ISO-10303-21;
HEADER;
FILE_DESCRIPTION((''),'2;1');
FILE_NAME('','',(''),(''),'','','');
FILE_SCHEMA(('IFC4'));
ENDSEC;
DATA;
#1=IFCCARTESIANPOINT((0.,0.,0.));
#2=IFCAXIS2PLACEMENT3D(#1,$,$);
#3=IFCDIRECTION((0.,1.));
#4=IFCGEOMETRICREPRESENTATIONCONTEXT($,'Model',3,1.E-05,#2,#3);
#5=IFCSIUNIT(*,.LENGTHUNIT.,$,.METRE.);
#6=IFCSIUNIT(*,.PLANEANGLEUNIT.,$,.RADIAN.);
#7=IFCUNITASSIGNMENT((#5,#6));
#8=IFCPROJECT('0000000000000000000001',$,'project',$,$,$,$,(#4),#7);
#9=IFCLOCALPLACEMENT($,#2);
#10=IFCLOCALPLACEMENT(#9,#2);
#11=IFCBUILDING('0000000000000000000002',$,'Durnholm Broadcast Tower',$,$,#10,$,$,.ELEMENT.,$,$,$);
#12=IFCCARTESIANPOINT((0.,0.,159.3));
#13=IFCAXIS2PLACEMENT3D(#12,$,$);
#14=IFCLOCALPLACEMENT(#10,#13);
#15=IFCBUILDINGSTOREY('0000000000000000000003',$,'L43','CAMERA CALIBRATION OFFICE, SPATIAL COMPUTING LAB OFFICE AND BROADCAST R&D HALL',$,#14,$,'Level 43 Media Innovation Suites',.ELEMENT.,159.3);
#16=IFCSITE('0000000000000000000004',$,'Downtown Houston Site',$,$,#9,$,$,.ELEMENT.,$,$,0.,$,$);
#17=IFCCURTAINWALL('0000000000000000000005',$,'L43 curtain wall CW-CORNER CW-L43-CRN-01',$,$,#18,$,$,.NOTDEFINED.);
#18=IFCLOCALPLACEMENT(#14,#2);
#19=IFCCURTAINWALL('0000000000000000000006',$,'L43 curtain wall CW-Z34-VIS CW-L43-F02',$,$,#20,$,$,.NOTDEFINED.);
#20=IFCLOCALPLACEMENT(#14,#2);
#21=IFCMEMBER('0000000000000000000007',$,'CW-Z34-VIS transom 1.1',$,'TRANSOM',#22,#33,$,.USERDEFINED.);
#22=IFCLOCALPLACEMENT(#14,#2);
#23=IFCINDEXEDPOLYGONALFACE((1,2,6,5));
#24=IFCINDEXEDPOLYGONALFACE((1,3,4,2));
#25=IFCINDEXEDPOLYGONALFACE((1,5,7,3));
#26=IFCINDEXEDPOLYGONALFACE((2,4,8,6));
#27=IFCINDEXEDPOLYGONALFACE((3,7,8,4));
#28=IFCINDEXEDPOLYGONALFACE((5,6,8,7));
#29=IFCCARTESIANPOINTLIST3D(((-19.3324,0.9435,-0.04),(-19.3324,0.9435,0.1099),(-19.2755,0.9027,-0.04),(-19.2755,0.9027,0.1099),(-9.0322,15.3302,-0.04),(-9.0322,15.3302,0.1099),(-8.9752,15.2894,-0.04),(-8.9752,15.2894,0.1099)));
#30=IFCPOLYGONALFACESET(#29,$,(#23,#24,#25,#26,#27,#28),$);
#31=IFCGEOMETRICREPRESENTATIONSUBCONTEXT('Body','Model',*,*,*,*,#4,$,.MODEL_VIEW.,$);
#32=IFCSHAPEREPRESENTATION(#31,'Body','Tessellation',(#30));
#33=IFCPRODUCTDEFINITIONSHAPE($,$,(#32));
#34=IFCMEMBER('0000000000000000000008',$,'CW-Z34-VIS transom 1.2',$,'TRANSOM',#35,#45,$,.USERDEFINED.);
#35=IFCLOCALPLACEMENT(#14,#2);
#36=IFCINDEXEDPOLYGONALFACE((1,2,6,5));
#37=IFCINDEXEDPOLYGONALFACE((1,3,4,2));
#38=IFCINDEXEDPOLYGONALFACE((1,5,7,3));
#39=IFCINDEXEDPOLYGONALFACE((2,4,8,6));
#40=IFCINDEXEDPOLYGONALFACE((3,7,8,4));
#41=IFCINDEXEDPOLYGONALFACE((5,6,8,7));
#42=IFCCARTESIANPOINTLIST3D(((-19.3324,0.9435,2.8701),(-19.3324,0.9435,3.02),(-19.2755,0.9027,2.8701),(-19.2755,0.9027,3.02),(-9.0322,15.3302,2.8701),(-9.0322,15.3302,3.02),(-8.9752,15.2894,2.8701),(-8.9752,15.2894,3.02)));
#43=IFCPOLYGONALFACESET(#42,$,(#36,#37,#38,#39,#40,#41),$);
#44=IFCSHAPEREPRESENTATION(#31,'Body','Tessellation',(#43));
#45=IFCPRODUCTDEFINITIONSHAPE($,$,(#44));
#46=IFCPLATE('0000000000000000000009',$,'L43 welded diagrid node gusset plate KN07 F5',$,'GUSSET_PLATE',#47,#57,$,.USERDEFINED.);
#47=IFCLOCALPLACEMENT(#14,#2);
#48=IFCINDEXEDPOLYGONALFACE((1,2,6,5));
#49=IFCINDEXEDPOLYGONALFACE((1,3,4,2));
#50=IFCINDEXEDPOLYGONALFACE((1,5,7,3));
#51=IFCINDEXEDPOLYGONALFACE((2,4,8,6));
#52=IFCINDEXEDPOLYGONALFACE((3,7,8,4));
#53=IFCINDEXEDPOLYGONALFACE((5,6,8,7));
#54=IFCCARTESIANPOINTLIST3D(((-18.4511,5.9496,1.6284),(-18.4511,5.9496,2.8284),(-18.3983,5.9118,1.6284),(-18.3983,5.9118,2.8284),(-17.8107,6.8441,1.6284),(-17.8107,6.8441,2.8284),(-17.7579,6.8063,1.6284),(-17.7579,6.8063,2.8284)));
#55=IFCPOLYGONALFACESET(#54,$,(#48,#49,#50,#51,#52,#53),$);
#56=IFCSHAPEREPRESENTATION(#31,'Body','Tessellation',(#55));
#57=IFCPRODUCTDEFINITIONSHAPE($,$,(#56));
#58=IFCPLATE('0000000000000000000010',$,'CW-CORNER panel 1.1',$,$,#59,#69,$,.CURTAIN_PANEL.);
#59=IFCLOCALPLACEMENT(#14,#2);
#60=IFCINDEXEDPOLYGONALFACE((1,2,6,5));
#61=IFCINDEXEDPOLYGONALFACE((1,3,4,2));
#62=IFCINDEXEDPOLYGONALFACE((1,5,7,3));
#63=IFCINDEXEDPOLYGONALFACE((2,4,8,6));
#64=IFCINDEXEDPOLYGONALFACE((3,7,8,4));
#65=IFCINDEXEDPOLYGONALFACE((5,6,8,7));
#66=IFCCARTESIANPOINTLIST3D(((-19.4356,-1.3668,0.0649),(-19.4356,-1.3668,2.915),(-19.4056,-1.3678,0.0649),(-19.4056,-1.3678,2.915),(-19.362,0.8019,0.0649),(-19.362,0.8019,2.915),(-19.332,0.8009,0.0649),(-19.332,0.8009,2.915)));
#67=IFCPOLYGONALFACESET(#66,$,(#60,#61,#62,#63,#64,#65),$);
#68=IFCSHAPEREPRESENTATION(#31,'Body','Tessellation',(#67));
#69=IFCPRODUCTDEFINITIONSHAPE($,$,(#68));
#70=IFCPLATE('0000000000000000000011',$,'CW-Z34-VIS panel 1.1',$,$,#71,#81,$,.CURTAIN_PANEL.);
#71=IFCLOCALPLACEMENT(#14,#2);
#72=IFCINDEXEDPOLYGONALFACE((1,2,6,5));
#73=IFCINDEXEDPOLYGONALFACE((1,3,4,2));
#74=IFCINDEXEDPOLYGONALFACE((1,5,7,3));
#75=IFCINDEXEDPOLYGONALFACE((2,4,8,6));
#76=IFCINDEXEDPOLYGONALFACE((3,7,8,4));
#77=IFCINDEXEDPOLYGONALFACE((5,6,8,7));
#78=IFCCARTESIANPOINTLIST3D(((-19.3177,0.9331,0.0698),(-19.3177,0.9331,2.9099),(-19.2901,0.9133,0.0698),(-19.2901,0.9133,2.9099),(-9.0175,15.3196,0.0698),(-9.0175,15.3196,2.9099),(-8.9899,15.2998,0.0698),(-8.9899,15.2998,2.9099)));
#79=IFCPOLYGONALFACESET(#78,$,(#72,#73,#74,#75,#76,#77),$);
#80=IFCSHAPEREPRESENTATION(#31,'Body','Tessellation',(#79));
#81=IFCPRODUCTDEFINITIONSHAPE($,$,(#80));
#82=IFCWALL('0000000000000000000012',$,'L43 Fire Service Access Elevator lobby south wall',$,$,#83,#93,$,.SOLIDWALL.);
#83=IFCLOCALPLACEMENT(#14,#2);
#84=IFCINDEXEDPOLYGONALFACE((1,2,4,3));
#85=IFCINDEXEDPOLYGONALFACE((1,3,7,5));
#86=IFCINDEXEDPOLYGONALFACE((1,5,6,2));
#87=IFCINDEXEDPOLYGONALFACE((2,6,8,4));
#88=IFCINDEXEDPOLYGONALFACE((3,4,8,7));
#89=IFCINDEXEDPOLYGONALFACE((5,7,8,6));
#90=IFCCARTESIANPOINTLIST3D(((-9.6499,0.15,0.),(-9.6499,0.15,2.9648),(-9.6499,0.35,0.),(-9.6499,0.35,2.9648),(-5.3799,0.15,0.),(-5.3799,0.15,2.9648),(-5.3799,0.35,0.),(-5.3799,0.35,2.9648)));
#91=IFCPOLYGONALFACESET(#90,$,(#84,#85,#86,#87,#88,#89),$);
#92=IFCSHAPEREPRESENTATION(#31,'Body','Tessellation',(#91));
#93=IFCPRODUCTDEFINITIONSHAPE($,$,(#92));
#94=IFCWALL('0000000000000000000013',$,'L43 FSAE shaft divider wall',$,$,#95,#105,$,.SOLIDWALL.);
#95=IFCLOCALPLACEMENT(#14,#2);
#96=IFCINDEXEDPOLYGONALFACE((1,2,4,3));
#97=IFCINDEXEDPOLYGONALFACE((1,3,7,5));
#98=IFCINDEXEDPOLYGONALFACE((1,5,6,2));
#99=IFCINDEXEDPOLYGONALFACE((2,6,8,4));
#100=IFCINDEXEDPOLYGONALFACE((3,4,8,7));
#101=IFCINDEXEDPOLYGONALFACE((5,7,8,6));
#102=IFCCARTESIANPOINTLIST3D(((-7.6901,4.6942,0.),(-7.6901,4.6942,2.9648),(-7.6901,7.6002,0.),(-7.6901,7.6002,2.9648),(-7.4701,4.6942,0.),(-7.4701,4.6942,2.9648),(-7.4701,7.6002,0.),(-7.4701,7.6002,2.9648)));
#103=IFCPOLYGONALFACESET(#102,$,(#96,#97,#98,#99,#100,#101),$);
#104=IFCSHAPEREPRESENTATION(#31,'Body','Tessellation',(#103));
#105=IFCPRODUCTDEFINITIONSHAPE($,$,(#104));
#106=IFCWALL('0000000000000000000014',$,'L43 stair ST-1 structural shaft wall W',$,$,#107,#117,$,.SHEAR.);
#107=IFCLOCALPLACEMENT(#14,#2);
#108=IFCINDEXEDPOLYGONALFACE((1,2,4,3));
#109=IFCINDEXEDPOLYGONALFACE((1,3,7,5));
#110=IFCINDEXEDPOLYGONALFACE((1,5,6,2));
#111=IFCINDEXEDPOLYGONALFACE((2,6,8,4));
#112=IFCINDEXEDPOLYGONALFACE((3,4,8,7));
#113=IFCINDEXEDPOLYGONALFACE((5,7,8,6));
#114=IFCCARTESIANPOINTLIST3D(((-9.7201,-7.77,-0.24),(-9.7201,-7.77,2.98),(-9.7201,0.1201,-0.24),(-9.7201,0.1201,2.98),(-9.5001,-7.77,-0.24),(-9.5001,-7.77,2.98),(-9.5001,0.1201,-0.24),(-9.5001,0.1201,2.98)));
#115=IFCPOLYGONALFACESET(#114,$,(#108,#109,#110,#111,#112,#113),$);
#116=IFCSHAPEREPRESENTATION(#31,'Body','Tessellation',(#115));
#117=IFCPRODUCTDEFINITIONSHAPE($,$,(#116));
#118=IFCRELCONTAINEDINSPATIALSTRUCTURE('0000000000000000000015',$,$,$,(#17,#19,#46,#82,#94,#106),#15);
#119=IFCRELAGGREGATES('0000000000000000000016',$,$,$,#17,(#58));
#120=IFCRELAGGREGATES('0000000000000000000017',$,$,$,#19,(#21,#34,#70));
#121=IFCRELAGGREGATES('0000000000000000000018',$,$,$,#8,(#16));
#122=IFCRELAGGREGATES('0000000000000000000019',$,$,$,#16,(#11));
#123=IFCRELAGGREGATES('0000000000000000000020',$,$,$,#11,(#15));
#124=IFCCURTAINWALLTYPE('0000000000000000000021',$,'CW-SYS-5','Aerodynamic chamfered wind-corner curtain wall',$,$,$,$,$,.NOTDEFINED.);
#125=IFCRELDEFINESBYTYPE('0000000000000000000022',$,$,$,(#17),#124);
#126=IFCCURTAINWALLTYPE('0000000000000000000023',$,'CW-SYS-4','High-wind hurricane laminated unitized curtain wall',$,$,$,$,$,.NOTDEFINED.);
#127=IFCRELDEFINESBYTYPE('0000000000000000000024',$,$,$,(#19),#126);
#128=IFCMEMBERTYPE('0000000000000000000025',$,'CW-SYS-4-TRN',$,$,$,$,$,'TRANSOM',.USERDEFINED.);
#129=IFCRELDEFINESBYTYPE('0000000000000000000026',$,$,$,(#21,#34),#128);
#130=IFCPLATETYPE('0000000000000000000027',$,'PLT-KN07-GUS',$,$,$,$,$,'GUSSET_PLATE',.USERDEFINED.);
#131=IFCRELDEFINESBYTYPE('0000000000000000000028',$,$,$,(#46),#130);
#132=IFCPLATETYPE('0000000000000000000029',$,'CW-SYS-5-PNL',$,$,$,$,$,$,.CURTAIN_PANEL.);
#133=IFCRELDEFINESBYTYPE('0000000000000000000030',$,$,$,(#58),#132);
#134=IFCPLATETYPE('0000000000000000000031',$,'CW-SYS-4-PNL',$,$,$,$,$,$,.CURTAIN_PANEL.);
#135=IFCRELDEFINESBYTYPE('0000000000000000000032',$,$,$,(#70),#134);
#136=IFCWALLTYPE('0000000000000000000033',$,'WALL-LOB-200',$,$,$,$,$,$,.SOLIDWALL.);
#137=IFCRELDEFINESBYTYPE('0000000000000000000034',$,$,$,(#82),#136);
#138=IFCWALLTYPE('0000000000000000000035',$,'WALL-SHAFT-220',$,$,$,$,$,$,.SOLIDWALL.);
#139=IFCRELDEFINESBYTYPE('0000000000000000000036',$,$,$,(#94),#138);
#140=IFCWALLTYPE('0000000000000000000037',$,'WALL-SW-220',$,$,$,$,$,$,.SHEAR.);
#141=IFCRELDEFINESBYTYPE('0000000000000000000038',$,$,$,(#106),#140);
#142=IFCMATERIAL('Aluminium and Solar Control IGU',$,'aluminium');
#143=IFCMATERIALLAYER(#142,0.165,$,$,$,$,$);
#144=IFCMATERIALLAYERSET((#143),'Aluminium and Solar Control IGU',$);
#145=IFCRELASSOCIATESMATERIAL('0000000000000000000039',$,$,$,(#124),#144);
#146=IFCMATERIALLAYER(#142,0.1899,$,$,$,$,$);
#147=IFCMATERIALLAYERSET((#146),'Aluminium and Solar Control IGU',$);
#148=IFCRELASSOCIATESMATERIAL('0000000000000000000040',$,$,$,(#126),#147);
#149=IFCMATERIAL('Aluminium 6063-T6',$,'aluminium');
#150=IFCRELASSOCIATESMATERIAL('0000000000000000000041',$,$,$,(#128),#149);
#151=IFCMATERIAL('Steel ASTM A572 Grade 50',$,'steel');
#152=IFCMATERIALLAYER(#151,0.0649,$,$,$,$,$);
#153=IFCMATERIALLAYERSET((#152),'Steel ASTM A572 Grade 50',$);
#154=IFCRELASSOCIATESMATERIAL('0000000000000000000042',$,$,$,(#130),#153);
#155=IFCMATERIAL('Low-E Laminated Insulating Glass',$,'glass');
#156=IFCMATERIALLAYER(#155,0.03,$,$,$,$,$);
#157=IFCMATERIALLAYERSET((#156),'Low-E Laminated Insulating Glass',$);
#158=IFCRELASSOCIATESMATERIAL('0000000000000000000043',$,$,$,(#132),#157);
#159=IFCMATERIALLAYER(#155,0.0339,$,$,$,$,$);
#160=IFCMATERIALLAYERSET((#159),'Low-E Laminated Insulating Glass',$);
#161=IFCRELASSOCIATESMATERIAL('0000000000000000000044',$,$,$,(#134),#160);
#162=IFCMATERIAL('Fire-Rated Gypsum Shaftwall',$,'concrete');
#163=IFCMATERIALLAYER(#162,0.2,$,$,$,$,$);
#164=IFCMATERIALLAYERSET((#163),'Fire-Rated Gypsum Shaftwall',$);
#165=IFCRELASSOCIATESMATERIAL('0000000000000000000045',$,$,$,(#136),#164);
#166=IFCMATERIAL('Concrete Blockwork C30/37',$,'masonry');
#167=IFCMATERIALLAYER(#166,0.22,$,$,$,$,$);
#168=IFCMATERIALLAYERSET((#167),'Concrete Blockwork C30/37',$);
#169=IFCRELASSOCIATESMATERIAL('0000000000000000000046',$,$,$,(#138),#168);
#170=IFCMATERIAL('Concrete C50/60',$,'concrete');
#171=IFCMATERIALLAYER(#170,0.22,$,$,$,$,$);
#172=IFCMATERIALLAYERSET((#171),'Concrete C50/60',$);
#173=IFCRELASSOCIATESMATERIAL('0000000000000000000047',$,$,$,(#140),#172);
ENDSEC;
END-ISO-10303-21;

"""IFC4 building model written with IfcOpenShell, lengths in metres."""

from ifc_helpers import new_model, si_unit, direction, frame, frame_2d, origin, origin_2d, place, context, subcontext, project, spatial, rectangle, extrude, source, transform, mapped, material, layer, layer_set, material_profile, profile_set, type_object, type_shapes, element, aggregate, save


model = new_model("IFC4")

# Units and contexts
model_context = context("Model", 3, precision=1e-05, world=origin(), true_north=direction((0.0, 1.0)))
body_context = subcontext(model_context, "Body", "Model", "MODEL_VIEW")
ifc_project = project(units=[si_unit("LENGTHUNIT", "METRE"), si_unit("PLANEANGLEUNIT", "RADIAN")], contexts=[model_context])

# Site, building, storey
site_placement = place(None, origin())
site = spatial("IfcSite", under=ifc_project, at=site_placement, Name="Downtown Houston Site", CompositionType="ELEMENT", RefElevation=0.0)
building_placement = place(site_placement, origin())
building = spatial("IfcBuilding", under=site, at=building_placement, Name="Durnholm Broadcast Tower", CompositionType="ELEMENT")
storey_placement = place(building_placement, frame((0.0, 0.0, 159.3)))
storey = spatial("IfcBuildingStorey", under=building, at=storey_placement, Name="L43", Description="CAMERA CALIBRATION OFFICE, SPATIAL COMPUTING LAB OFFICE AND BROADCAST R&D HALL", LongName="Level 43 Media Innovation Suites", CompositionType="ELEMENT", Elevation=159.3)

# Curtain wall
ifc_material_1 = material(Name="Aluminium and Solar Control IGU", Category="aluminium")
ifc_layer_1 = layer(ifc_material_1, 0.165)
ifc_layer_set_1 = layer_set([ifc_layer_1], Name="Aluminium and Solar Control IGU")
curtain_wall_type_1 = type_object("IfcCurtainWallType", Name="CW-SYS-5", Description="Aerodynamic chamfered wind-corner curtain wall", PredefinedType="NOTDEFINED", material=ifc_layer_set_1)
curtain_wall_1_placement = place(storey_placement, origin())
curtain_wall_1 = element("IfcCurtainWall", 1, at=curtain_wall_1_placement, inside=storey, type_object=curtain_wall_type_1, Name="L43 curtain wall CW-CORNER CW-L43-CRN-01", PredefinedType="NOTDEFINED")
ifc_material_2 = material(Name="Aluminium 6063-T6", Category="aluminium")

# Curtain wall, members
ifc_layer_2 = layer(ifc_material_1, 0.1899)
ifc_layer_set_2 = layer_set([ifc_layer_2], Name="Aluminium and Solar Control IGU")
curtain_wall_type_2 = type_object("IfcCurtainWallType", Name="CW-SYS-4", Description="High-wind hurricane laminated unitized curtain wall", PredefinedType="NOTDEFINED", material=ifc_layer_set_2)
curtain_wall_2_placement = place(storey_placement, origin())
curtain_wall_2 = element("IfcCurtainWall", 2, at=curtain_wall_2_placement, inside=storey, type_object=curtain_wall_type_2, Name="L43 curtain wall CW-Z34-VIS CW-L43-F02", PredefinedType="NOTDEFINED")
ifc_material_profile_1 = material_profile(ifc_material_2, rectangle(XDim=0.0701, YDim=0.1499, at=origin_2d()), Name="CWT70X150")
ifc_profile_set_1 = profile_set([ifc_material_profile_1], Name="Aluminium 6063-T6")
member_type_1 = type_object("IfcMemberType", Name="CW-SYS-4-TRN", ElementType="TRANSOM", PredefinedType="USERDEFINED", material=ifc_profile_set_1)
shared_shape_1 = source(origin(), body_context, "Body", "SweptSolid", [
    extrude(rectangle(XDim=0.0701, YDim=0.1499, at=origin_2d()), origin(), (0.0, 0.0, 1.0), 17.6938),
])
type_shapes(member_type_1, [shared_shape_1])
member_1_placement = place(storey_placement, frame((-19.304, 0.9231, 0.0349), z_axis=(0.582138, 0.81309, 0.0), x_axis=(-0.81309, 0.582138, 0.0)))
member_1 = element("IfcMember", 3, at=member_1_placement, type_object=member_type_1, Name="CW-Z34-VIS transom 1.1", ObjectType="TRANSOM", PredefinedType="USERDEFINED", context=body_context, shape_type="MappedRepresentation", body=[
    mapped(shared_shape_1, transform((0.0, 0.0, 0.0), x_axis=(1.0, 0.0, 0.0), y_axis=(0.0, 1.0, 0.0), z_axis=(0.0, 0.0, 1.0), scale=1.0)),
])
member_2_placement = place(storey_placement, frame((-19.304, 0.9231, 2.9451), z_axis=(0.582138, 0.81309, 0.0), x_axis=(-0.81309, 0.582138, 0.0)))
member_2 = element("IfcMember", 4, at=member_2_placement, type_object=member_type_1, Name="CW-Z34-VIS transom 1.2", ObjectType="TRANSOM", PredefinedType="USERDEFINED", context=body_context, shape_type="MappedRepresentation", body=[
    mapped(shared_shape_1, transform((0.0, 0.0, 0.0), x_axis=(1.0, 0.0, 0.0), y_axis=(0.0, 1.0, 0.0), z_axis=(0.0, 0.0, 1.0), scale=1.0)),
])

# Plates
ifc_material_3 = material(Name="Steel ASTM A572 Grade 50", Category="steel")
ifc_layer_3 = layer(ifc_material_3, 0.0649)
ifc_layer_set_3 = layer_set([ifc_layer_3], Name="Steel ASTM A572 Grade 50")
plate_type_1 = type_object("IfcPlateType", Name="PLT-KN07-GUS", ElementType="GUSSET_PLATE", PredefinedType="USERDEFINED", material=ifc_layer_set_3)
shared_shape_2 = source(origin(), body_context, "Body", "SweptSolid", [
    extrude(rectangle(XDim=1.1001, YDim=0.0649, at=origin_2d()), origin(), (0.0, 0.0, 1.0), 1.2),
])
type_shapes(plate_type_1, [shared_shape_2])
plate_1_placement = place(storey_placement, frame((-18.1045, 6.3779, 1.6284), z_axis=(0.0, 0.0, 1.0), x_axis=(-0.582123, -0.813101, 0.0)))
element("IfcPlate", 5, at=plate_1_placement, inside=storey, type_object=plate_type_1, Name="L43 welded diagrid node gusset plate KN07 F5", ObjectType="GUSSET_PLATE", PredefinedType="USERDEFINED", context=body_context, shape_type="MappedRepresentation", body=[
    mapped(shared_shape_2, transform((0.0, 0.0, 0.0), x_axis=(1.0, 0.0, 0.0), y_axis=(0.0, 1.0, 0.0), z_axis=(0.0, 0.0, 1.0), scale=1.0)),
])
ifc_material_4 = material(Name="Low-E Laminated Insulating Glass", Category="glass")
ifc_layer_4 = layer(ifc_material_4, 0.03)
ifc_layer_set_4 = layer_set([ifc_layer_4], Name="Low-E Laminated Insulating Glass")
plate_type_2 = type_object("IfcPlateType", Name="CW-SYS-5-PNL", PredefinedType="CURTAIN_PANEL", material=ifc_layer_set_4)
shared_shape_3 = source(origin(), body_context, "Body", "SweptSolid", [
    extrude(rectangle(XDim=2.1699, YDim=0.03, at=origin_2d()), origin(), (0.0, 0.0, 1.0), 2.8501),
])
type_shapes(plate_type_2, [shared_shape_3])
plate_2_placement = place(storey_placement, frame((-19.3838, -0.283, 0.0649), z_axis=(0.0, 0.0, 1.0), x_axis=(0.033913, 0.999425, 0.0)))
plate_2 = element("IfcPlate", 6, at=plate_2_placement, type_object=plate_type_2, Name="CW-CORNER panel 1.1", PredefinedType="CURTAIN_PANEL", context=body_context, shape_type="MappedRepresentation", body=[
    mapped(shared_shape_3, transform((0.0, 0.0, 0.0), x_axis=(1.0, 0.0, 0.0), y_axis=(0.0, 1.0, 0.0), z_axis=(0.0, 0.0, 1.0), scale=1.0)),
])
aggregate(curtain_wall_1, [plate_2])
ifc_layer_5 = layer(ifc_material_4, 0.0339)
ifc_layer_set_5 = layer_set([ifc_layer_5], Name="Low-E Laminated Insulating Glass")
plate_type_3 = type_object("IfcPlateType", Name="CW-SYS-4-PNL", PredefinedType="CURTAIN_PANEL", material=ifc_layer_set_5)
shared_shape_4 = source(origin(), body_context, "Body", "SweptSolid", [
    extrude(rectangle(XDim=17.6936, YDim=0.0339, at=origin_2d()), origin(), (0.0, 0.0, 1.0), 2.8401),
])
type_shapes(plate_type_3, [shared_shape_4])
plate_3_placement = place(storey_placement, frame((-14.1538, 8.1165, 0.0698), z_axis=(0.0, 0.0, 1.0), x_axis=(0.582139, 0.813089, 0.0)))
plate_3 = element("IfcPlate", 7, at=plate_3_placement, type_object=plate_type_3, Name="CW-Z34-VIS panel 1.1", PredefinedType="CURTAIN_PANEL", context=body_context, shape_type="MappedRepresentation", body=[
    mapped(shared_shape_4, transform((0.0, 0.0, 0.0), x_axis=(1.0, 0.0, 0.0), y_axis=(0.0, 1.0, 0.0), z_axis=(0.0, 0.0, 1.0), scale=1.0)),
])
aggregate(curtain_wall_2, [member_1, member_2, plate_3])

# Wall
ifc_material_5 = material(Name="Fire-Rated Gypsum Shaftwall", Category="concrete")
ifc_layer_6 = layer(ifc_material_5, 0.2)
ifc_layer_set_6 = layer_set([ifc_layer_6], Name="Fire-Rated Gypsum Shaftwall")
wall_type_1 = type_object("IfcWallType", Name="WALL-LOB-200", PredefinedType="SOLIDWALL", material=ifc_layer_set_6)
wall_1_placement = place(storey_placement, frame((-9.6499, 0.25, 0.0), z_axis=(0.0, 0.0, 1.0), x_axis=(1.0, 0.0, 0.0)))
element("IfcWall", 8, at=wall_1_placement, inside=storey, type_object=wall_type_1, Name="L43 Fire Service Access Elevator lobby south wall", PredefinedType="SOLIDWALL", context=body_context, shape_type="SweptSolid", body=[
    extrude(rectangle(XDim=4.27, YDim=0.2, at=frame_2d((2.135, 0.0))), origin(), (0.0, 0.0, 1.0), 2.9648),
])

# Shared definitions
ifc_material_6 = material(Name="Concrete Blockwork C30/37", Category="masonry")
ifc_layer_7 = layer(ifc_material_6, 0.22)
ifc_layer_set_7 = layer_set([ifc_layer_7], Name="Concrete Blockwork C30/37")
wall_type_2 = type_object("IfcWallType", Name="WALL-SHAFT-220", PredefinedType="SOLIDWALL", material=ifc_layer_set_7)

# Walls
wall_2_placement = place(storey_placement, frame((-7.5801, 4.6941, 0.0), z_axis=(0.0, 0.0, 1.0), x_axis=(0.0, 1.0, 0.0)))
element("IfcWall", 9, at=wall_2_placement, inside=storey, type_object=wall_type_2, Name="L43 FSAE shaft divider wall", PredefinedType="SOLIDWALL", context=body_context, shape_type="SweptSolid", body=[
    extrude(rectangle(XDim=2.906, YDim=0.22, at=frame_2d((1.4531, 0.0))), origin(), (0.0, 0.0, 1.0), 2.9648),
])
ifc_material_7 = material(Name="Concrete C50/60", Category="concrete")
ifc_layer_8 = layer(ifc_material_7, 0.22)
ifc_layer_set_8 = layer_set([ifc_layer_8], Name="Concrete C50/60")
wall_type_3 = type_object("IfcWallType", Name="WALL-SW-220", PredefinedType="SHEAR", material=ifc_layer_set_8)
wall_3_placement = place(storey_placement, frame((-9.6101, 0.1201, -0.24), z_axis=(0.0, 0.0, 1.0), x_axis=(0.0, -1.0, 0.0)))
element("IfcWall", 10, at=wall_3_placement, inside=storey, type_object=wall_type_3, Name="L43 stair ST-1 structural shaft wall W", PredefinedType="SHEAR", context=body_context, shape_type="SweptSolid", body=[
    extrude(rectangle(XDim=7.8901, YDim=0.22, at=frame_2d((3.9451, 0.0))), origin(), (0.0, 0.0, 1.0), 3.22),
])

save(model, "model.ifc")
